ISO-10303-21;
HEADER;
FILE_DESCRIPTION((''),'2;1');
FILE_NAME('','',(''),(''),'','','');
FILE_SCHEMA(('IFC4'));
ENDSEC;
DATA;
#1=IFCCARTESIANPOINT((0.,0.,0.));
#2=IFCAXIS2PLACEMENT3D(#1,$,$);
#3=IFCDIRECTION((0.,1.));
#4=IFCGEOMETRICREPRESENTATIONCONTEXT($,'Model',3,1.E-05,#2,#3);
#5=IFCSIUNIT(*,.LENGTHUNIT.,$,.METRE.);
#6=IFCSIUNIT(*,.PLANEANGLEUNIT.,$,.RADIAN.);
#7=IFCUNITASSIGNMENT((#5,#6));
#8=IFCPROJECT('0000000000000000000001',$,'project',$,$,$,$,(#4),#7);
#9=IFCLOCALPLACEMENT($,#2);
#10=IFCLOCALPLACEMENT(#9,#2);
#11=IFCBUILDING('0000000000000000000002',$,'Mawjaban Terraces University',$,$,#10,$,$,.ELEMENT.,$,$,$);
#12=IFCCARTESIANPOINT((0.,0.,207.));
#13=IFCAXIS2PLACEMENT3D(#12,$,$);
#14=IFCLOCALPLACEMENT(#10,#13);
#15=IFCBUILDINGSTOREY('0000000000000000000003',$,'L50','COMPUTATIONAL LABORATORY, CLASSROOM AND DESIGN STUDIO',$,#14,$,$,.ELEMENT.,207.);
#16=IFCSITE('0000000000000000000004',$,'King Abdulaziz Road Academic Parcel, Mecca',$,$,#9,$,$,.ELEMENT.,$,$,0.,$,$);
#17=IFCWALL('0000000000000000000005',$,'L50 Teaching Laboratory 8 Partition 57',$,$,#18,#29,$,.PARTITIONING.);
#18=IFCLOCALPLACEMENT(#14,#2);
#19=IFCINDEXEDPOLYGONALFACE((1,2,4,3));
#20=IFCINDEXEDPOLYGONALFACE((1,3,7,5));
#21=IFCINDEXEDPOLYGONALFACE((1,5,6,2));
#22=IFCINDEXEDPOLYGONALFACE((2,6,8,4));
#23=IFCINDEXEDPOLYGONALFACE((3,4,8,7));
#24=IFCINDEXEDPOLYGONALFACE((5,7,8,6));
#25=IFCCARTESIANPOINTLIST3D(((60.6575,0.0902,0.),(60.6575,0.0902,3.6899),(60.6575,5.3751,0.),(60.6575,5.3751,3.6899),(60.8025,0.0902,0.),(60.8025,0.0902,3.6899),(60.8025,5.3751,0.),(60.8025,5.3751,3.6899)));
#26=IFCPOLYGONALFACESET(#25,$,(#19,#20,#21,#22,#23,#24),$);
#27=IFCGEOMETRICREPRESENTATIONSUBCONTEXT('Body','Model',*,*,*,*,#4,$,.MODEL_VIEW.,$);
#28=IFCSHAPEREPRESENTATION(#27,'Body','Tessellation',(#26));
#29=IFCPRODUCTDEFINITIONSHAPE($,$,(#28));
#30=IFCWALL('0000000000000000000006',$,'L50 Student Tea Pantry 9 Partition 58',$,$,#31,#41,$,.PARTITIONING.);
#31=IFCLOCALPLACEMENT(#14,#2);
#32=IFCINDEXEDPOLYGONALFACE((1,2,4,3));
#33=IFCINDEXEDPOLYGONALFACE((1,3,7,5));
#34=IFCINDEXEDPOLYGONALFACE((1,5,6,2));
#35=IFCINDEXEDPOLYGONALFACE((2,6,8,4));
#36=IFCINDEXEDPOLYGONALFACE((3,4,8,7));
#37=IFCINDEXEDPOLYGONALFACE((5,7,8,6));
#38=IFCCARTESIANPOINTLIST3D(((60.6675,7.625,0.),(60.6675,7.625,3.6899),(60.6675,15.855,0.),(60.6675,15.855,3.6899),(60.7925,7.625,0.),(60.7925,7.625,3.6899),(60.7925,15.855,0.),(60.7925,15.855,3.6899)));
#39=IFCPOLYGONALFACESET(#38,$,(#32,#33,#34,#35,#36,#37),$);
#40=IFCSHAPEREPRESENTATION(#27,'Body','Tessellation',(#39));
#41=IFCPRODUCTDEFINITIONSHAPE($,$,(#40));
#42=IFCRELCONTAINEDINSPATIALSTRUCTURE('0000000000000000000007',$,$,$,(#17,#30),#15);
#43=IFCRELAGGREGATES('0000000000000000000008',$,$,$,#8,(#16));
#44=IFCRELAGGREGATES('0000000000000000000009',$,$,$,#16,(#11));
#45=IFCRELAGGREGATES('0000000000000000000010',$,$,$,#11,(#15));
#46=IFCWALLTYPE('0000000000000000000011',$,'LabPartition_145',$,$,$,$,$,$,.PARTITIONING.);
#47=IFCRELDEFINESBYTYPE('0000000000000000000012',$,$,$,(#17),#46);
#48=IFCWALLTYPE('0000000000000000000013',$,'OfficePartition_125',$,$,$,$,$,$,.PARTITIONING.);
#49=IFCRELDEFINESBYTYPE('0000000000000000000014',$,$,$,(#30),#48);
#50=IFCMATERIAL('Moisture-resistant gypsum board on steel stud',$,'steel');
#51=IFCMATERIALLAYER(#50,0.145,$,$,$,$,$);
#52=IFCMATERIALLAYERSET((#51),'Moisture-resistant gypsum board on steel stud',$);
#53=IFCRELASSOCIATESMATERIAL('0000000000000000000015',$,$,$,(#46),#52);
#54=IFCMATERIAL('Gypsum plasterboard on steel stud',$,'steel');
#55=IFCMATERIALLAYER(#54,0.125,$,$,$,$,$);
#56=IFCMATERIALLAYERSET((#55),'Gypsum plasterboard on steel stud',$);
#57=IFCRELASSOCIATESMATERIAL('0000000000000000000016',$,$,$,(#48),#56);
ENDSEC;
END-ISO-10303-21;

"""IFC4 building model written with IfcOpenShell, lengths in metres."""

from ifc_helpers import new_model, si_unit, direction, frame, frame_2d, origin, place, context, subcontext, project, spatial, rectangle, extrude, material, layer, layer_set, type_object, element, save


model = new_model("IFC4")

# Units and contexts
model_context = context("Model", 3, precision=1e-05, world=origin(), true_north=direction((0.0, 1.0)))
body_context = subcontext(model_context, "Body", "Model", "MODEL_VIEW")
ifc_project = project(units=[si_unit("LENGTHUNIT", "METRE"), si_unit("PLANEANGLEUNIT", "RADIAN")], contexts=[model_context])

# Site, building, storey
site_placement = place(None, origin())
site = spatial("IfcSite", under=ifc_project, at=site_placement, Name="King Abdulaziz Road Academic Parcel, Mecca", CompositionType="ELEMENT", RefElevation=0.0)
building_placement = place(site_placement, origin())
building = spatial("IfcBuilding", under=site, at=building_placement, Name="Mawjaban Terraces University", CompositionType="ELEMENT")
storey_placement = place(building_placement, frame((0.0, 0.0, 207.0)))
storey = spatial("IfcBuildingStorey", under=building, at=storey_placement, Name="L50", Description="COMPUTATIONAL LABORATORY, CLASSROOM AND DESIGN STUDIO", CompositionType="ELEMENT", Elevation=207.0)

# Shared definitions
ifc_material_1 = material(Name="Moisture-resistant gypsum board on steel stud", Category="steel")
ifc_layer_1 = layer(ifc_material_1, 0.145)
ifc_layer_set_1 = layer_set([ifc_layer_1], Name="Moisture-resistant gypsum board on steel stud")
wall_type_1 = type_object("IfcWallType", Name="LabPartition_145", PredefinedType="PARTITIONING", material=ifc_layer_set_1)

# Walls
wall_1_placement = place(storey_placement, frame((60.73, 0.0901, 0.0), z_axis=(0.0, 0.0, 1.0), x_axis=(0.0, 1.0, 0.0)))
element("IfcWall", 1, at=wall_1_placement, inside=storey, type_object=wall_type_1, Name="L50 Teaching Laboratory 8 Partition 57", PredefinedType="PARTITIONING", context=body_context, shape_type="SweptSolid", body=[
    extrude(rectangle(XDim=5.2849, YDim=0.145, at=frame_2d((2.6426, 0.0))), origin(), (0.0, 0.0, 1.0), 3.6899),
])
ifc_material_2 = material(Name="Gypsum plasterboard on steel stud", Category="steel")
ifc_layer_2 = layer(ifc_material_2, 0.125)
ifc_layer_set_2 = layer_set([ifc_layer_2], Name="Gypsum plasterboard on steel stud")
wall_type_2 = type_object("IfcWallType", Name="OfficePartition_125", PredefinedType="PARTITIONING", material=ifc_layer_set_2)
wall_2_placement = place(storey_placement, frame((60.73, 7.625, 0.0), z_axis=(0.0, 0.0, 1.0), x_axis=(0.0, 1.0, 0.0)))
element("IfcWall", 2, at=wall_2_placement, inside=storey, type_object=wall_type_2, Name="L50 Student Tea Pantry 9 Partition 58", PredefinedType="PARTITIONING", context=body_context, shape_type="SweptSolid", body=[
    extrude(rectangle(XDim=8.23, YDim=0.125, at=frame_2d((4.115, 0.0))), origin(), (0.0, 0.0, 1.0), 3.6899),
])

save(model, "model.ifc")
